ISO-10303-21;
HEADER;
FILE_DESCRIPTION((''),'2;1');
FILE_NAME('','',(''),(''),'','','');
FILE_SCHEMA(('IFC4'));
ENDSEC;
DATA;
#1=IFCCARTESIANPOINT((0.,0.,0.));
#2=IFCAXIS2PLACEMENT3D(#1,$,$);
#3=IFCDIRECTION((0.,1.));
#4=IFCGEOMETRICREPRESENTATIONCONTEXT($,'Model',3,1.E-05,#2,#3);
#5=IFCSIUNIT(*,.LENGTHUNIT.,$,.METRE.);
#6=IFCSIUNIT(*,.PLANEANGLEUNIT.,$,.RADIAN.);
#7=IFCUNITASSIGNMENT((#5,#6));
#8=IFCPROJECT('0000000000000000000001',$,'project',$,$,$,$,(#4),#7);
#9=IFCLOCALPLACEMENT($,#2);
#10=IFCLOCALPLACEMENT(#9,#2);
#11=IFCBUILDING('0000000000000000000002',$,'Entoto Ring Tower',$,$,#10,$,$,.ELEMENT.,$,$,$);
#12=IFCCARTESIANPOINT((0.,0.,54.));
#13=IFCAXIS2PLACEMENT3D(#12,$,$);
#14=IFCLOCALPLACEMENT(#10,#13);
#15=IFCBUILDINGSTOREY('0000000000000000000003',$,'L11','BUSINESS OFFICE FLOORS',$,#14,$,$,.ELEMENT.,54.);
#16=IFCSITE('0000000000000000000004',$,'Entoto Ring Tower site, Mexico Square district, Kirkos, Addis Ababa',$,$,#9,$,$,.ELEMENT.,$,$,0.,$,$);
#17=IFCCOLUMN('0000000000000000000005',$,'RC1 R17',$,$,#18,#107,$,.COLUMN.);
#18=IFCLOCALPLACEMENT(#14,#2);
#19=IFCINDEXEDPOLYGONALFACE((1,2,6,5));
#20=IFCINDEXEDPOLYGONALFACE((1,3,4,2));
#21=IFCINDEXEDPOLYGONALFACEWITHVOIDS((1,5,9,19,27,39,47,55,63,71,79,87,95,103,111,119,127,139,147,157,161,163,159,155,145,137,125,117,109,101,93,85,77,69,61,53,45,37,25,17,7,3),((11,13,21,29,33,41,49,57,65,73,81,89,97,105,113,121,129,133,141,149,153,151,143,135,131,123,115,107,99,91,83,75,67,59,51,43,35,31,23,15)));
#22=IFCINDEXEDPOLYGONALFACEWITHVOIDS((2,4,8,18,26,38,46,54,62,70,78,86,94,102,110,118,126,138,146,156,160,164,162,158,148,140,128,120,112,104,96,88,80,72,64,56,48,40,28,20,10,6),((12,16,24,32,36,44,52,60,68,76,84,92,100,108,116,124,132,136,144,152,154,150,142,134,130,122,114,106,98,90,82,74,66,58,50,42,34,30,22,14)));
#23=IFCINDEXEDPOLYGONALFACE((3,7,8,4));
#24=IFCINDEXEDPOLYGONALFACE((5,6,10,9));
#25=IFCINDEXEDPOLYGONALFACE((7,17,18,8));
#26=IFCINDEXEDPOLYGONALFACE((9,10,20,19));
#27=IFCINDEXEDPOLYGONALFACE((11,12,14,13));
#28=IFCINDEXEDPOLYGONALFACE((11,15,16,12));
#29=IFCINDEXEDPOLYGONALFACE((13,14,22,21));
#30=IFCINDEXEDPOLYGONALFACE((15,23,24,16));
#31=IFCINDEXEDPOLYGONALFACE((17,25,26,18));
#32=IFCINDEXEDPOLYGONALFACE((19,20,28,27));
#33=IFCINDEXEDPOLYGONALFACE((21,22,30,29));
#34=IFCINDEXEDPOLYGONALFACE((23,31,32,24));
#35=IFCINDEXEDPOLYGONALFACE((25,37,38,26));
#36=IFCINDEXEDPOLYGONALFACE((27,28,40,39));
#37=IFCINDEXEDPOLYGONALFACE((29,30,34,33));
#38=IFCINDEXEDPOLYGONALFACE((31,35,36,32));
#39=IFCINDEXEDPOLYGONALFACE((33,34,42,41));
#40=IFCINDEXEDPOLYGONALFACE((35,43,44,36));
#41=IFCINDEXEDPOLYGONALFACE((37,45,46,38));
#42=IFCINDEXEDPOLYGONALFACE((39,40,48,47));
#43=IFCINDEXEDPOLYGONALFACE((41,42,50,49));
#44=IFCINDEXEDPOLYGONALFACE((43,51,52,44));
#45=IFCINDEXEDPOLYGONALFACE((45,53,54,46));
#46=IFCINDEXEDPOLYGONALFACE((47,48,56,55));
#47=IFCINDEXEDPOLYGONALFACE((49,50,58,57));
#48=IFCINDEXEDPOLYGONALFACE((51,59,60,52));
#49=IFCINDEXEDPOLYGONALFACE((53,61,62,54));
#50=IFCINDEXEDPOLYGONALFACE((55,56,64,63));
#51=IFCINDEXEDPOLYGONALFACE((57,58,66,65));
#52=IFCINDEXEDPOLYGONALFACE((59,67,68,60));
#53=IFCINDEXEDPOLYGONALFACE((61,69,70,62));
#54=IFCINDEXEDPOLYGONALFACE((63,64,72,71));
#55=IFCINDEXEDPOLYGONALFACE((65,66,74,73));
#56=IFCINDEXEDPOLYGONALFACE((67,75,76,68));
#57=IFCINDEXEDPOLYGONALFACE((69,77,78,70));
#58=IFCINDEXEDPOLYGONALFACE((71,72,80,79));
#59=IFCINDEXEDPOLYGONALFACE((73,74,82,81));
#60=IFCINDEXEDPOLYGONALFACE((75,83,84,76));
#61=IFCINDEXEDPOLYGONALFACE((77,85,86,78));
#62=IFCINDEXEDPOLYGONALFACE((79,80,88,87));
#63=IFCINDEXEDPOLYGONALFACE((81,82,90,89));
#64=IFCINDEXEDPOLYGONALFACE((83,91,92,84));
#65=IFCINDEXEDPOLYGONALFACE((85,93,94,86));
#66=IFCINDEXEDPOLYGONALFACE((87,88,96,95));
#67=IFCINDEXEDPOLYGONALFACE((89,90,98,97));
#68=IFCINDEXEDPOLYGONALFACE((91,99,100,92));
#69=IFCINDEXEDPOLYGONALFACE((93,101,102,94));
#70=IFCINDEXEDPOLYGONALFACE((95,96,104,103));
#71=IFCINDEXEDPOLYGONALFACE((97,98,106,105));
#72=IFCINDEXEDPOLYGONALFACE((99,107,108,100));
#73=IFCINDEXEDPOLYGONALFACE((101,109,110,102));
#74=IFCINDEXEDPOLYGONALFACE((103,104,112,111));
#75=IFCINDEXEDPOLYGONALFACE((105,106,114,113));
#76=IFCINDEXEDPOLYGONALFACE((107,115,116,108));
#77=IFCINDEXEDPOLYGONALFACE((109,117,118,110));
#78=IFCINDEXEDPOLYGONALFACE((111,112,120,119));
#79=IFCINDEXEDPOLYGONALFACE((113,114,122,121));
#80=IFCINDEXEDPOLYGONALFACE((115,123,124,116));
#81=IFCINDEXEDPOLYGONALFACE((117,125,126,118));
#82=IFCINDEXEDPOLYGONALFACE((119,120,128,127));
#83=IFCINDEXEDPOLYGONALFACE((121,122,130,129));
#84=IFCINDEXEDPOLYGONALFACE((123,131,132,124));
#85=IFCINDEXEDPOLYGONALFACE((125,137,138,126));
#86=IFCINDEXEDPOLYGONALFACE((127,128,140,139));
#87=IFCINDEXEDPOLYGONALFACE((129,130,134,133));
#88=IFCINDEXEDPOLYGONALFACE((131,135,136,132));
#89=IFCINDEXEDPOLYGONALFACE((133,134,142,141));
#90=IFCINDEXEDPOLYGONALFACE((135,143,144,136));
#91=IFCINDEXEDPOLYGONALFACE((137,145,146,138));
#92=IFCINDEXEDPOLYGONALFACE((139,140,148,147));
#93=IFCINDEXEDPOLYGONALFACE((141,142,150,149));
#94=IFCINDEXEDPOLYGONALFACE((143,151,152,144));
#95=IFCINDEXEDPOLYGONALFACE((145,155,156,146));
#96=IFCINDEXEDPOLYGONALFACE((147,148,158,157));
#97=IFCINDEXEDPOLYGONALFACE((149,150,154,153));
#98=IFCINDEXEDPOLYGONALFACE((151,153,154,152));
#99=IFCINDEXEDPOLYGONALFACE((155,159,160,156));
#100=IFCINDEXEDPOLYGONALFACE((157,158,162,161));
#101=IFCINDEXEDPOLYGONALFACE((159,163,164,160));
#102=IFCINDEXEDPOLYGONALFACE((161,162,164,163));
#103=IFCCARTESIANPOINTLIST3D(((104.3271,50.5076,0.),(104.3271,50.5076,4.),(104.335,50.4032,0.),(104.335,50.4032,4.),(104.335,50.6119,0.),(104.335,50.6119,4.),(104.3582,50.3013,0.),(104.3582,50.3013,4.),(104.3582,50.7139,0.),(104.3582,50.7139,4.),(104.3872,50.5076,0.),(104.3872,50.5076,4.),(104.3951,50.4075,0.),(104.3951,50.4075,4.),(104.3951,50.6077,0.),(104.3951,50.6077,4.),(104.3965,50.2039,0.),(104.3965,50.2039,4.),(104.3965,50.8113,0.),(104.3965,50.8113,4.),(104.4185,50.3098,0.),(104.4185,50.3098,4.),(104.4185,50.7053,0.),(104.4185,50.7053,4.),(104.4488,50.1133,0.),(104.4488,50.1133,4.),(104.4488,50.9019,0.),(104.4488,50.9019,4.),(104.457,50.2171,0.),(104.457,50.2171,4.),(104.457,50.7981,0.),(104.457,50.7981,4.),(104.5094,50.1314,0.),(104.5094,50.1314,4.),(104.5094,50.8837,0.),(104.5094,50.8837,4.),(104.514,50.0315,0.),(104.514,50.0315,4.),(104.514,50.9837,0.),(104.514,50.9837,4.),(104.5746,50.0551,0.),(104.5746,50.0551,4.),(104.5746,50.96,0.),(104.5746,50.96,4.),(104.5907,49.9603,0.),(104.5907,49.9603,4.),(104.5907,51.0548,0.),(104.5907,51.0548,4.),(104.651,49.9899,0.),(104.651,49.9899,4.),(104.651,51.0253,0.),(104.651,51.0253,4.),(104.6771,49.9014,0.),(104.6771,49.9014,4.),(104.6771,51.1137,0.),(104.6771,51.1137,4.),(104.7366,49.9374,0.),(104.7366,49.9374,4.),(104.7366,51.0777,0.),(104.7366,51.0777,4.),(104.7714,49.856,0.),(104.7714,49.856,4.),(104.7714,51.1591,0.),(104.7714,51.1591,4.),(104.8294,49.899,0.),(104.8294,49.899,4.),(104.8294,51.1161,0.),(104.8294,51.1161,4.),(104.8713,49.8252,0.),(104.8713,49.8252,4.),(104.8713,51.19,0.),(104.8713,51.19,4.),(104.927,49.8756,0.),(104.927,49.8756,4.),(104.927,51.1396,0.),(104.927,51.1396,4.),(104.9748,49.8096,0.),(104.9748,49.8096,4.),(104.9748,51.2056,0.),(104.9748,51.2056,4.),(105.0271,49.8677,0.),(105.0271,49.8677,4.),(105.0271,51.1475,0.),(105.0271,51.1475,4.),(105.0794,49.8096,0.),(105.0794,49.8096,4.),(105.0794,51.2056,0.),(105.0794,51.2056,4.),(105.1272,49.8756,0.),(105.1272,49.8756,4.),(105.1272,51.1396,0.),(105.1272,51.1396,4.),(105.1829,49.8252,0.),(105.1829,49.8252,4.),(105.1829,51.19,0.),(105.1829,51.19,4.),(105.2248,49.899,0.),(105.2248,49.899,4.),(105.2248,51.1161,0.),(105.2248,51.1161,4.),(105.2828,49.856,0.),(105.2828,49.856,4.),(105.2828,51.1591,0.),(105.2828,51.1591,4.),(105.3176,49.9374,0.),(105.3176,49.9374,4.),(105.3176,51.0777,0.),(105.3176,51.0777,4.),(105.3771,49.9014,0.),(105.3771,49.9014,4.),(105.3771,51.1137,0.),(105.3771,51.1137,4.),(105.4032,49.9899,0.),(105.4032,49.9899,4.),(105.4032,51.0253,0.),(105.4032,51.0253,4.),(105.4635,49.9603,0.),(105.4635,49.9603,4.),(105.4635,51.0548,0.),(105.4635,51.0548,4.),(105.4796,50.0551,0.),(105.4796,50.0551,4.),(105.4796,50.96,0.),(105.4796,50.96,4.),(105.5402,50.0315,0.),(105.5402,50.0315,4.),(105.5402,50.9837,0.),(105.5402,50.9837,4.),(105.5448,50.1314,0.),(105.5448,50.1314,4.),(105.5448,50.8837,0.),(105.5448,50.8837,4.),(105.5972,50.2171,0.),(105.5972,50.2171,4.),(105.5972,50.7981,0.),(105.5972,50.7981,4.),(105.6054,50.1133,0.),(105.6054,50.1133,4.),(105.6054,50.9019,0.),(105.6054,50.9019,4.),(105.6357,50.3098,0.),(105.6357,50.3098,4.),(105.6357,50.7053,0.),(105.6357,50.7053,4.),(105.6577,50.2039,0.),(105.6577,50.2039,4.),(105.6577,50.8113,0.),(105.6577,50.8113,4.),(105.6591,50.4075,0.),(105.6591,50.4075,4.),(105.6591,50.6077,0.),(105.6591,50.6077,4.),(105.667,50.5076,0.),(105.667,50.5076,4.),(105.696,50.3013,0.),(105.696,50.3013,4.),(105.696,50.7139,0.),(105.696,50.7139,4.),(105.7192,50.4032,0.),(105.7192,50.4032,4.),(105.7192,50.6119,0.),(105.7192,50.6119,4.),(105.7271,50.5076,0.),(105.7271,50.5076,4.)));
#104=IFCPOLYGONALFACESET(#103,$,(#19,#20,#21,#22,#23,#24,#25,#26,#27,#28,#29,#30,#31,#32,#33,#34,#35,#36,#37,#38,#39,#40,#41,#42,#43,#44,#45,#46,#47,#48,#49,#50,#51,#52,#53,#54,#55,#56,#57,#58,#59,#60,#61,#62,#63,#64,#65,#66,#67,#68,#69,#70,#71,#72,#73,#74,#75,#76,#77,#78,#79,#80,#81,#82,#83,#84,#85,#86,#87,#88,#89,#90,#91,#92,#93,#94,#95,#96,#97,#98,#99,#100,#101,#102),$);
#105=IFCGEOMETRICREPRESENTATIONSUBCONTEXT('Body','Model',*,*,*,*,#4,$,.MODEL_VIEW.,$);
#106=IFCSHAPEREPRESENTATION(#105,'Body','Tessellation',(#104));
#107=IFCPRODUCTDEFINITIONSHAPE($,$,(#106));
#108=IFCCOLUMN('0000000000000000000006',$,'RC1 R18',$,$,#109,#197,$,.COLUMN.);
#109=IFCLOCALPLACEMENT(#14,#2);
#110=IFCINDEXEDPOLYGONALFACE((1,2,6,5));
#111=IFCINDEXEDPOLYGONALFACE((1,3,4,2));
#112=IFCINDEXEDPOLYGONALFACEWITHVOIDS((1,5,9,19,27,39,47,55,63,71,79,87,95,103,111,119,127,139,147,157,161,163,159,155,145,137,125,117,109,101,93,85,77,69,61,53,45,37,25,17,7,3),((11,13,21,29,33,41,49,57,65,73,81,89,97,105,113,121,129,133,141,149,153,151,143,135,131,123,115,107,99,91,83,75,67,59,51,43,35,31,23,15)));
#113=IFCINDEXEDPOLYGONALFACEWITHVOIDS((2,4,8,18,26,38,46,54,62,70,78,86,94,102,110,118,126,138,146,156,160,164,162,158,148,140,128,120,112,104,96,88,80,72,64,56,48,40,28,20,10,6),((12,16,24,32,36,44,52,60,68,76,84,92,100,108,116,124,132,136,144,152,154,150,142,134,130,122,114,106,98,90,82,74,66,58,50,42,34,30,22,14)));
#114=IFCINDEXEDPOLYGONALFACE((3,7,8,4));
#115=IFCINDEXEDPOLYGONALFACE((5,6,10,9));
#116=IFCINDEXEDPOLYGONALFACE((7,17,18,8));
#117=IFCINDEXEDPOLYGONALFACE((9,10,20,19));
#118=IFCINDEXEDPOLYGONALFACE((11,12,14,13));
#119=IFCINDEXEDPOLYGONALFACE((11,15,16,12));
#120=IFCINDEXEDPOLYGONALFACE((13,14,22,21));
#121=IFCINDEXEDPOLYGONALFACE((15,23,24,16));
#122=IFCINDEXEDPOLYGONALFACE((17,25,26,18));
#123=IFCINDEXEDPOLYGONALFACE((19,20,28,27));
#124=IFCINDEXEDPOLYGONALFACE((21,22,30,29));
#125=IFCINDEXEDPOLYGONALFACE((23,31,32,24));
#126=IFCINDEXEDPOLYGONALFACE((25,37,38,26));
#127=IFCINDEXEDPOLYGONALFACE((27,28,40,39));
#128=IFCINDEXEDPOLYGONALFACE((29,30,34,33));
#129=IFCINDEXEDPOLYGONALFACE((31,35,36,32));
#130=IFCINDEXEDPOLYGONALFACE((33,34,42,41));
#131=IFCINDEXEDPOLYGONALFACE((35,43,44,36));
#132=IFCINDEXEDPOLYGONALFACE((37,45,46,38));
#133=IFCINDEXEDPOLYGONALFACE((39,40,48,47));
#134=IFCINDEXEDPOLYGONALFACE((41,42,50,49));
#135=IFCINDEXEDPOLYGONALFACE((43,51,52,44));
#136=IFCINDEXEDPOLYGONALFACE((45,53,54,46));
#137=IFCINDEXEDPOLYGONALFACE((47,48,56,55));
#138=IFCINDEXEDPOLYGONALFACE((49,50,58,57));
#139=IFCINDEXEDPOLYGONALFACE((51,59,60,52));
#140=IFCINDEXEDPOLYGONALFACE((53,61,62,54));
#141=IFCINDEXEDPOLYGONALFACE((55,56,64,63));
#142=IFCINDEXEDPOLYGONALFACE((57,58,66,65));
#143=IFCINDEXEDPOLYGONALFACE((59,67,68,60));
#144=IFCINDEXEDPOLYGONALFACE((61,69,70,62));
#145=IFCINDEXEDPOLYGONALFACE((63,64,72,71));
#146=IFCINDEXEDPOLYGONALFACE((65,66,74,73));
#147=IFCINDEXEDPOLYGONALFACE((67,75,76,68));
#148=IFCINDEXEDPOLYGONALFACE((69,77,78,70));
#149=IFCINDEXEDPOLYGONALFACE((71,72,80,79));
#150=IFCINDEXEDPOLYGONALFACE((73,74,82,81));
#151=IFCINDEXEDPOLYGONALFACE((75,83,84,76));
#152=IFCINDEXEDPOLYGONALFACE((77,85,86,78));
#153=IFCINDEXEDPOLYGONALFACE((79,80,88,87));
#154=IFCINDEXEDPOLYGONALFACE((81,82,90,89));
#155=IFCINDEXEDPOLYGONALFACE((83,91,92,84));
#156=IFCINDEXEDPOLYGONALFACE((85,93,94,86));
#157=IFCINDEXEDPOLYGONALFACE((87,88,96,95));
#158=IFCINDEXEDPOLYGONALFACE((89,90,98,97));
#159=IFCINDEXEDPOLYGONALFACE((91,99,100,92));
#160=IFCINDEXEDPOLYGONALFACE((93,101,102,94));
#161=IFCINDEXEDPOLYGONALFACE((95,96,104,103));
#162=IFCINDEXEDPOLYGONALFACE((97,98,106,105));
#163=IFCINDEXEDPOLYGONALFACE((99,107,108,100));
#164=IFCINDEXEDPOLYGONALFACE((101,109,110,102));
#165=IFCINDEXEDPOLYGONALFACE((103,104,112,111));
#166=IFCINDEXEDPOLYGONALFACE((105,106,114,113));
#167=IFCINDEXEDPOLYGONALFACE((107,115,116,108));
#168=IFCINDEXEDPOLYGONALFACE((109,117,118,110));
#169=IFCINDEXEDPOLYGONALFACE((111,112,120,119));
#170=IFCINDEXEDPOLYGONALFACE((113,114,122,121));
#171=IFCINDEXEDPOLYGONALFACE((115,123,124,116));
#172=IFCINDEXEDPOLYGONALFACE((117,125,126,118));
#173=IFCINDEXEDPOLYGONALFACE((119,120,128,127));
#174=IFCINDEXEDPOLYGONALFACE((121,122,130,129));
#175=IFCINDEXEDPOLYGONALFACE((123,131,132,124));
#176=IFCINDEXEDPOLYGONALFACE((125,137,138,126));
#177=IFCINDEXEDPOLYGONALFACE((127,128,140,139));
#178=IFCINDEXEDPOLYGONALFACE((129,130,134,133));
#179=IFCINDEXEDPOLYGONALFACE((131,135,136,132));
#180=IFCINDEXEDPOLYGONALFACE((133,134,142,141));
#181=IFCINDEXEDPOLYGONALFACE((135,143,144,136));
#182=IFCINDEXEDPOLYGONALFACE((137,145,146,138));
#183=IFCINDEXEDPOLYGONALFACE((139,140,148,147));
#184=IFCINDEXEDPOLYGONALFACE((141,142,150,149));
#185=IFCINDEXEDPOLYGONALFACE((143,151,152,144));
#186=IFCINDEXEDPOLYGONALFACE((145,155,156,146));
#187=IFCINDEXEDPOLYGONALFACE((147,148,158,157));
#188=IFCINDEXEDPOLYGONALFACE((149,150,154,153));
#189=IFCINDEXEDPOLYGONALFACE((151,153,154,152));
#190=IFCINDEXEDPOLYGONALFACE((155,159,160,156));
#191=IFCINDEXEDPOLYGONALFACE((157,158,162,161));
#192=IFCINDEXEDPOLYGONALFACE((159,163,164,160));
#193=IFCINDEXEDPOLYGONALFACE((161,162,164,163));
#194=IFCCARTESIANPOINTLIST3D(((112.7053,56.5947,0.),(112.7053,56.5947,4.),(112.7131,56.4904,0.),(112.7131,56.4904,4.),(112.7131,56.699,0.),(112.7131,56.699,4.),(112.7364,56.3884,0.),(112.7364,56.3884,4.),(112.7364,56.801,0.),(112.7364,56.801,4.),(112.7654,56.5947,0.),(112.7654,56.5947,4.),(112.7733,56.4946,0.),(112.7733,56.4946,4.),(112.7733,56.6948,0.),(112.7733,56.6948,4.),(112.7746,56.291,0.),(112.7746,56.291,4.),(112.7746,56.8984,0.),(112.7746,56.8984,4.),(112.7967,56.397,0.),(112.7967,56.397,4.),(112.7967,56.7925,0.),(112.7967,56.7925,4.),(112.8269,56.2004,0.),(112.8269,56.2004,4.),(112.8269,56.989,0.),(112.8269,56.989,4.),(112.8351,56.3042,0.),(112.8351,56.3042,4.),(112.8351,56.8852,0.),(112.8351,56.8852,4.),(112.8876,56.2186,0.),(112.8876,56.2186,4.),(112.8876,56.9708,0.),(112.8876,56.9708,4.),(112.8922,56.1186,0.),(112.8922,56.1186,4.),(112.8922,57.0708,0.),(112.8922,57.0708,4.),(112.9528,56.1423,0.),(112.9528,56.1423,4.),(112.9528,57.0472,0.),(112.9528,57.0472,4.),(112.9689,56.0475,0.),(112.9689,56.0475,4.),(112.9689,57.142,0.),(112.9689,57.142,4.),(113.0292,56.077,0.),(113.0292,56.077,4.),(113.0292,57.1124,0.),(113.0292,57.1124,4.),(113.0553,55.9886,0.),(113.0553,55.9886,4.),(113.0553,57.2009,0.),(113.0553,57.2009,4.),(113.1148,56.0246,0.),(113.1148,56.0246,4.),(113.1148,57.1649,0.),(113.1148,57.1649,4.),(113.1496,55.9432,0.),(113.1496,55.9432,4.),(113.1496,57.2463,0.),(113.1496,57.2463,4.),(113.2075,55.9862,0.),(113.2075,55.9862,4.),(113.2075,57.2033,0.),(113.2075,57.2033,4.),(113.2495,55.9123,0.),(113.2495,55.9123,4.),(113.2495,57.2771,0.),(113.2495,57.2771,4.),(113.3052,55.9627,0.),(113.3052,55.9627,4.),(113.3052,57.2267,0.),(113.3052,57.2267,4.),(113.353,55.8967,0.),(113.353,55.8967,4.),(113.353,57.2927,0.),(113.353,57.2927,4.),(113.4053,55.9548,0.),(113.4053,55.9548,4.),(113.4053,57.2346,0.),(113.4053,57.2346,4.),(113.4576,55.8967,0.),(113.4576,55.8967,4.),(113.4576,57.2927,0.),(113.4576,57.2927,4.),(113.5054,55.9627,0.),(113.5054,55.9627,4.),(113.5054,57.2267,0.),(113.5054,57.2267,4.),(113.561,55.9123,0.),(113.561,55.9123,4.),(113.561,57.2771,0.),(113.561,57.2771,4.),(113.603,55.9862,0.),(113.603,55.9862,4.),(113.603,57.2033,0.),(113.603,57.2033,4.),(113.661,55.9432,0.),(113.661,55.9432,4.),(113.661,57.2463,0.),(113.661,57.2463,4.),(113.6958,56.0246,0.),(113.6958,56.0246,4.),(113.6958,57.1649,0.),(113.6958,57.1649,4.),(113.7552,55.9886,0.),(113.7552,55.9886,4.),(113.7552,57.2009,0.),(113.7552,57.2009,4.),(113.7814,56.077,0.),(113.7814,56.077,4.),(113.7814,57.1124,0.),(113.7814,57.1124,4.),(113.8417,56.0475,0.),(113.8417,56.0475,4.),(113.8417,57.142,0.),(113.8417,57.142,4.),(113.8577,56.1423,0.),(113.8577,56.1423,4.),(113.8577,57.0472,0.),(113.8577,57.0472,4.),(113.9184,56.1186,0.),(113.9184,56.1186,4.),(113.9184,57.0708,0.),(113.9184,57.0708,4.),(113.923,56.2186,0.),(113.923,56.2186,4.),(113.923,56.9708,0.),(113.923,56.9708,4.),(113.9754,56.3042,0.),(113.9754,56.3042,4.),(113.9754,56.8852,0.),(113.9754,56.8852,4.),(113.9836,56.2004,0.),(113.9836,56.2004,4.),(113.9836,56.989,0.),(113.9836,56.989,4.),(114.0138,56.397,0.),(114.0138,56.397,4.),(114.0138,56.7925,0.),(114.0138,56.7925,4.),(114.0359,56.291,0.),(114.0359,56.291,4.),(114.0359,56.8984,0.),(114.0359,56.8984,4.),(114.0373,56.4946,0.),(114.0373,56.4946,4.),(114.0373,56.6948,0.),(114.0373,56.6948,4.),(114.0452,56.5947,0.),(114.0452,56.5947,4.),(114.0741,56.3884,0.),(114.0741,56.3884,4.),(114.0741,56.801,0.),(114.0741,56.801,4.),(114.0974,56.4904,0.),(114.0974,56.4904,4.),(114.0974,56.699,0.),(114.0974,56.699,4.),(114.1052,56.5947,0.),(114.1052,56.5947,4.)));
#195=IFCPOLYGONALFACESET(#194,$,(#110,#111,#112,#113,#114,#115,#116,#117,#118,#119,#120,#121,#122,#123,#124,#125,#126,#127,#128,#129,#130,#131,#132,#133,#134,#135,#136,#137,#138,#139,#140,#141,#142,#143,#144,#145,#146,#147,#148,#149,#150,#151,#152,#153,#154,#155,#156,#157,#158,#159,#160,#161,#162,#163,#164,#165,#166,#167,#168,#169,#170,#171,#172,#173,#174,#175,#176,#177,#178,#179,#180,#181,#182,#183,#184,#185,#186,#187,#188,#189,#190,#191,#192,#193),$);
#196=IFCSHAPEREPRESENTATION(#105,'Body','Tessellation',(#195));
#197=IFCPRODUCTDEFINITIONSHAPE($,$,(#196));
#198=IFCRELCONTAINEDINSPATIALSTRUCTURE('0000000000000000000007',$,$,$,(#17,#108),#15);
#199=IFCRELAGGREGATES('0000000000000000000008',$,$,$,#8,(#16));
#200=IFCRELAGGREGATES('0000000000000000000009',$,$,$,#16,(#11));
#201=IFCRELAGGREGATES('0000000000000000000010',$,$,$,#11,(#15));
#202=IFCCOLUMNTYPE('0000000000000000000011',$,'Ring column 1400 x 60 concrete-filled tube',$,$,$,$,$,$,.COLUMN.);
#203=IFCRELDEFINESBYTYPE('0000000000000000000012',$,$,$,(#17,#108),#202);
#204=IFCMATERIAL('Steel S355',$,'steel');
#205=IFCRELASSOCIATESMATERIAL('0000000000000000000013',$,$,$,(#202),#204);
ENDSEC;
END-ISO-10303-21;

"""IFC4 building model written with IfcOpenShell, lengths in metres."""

from ifc_helpers import new_model, si_unit, direction, frame, origin, origin_2d, place, context, subcontext, project, spatial, circle, hollow_circle, extrude, material, material_profile, profile_set, type_object, element, save


model = new_model("IFC4")

# Units and contexts
model_context = context("Model", 3, precision=1e-05, world=origin(), true_north=direction((0.0, 1.0)))
body_context = subcontext(model_context, "Body", "Model", "MODEL_VIEW")
ifc_project = project(units=[si_unit("LENGTHUNIT", "METRE"), si_unit("PLANEANGLEUNIT", "RADIAN")], contexts=[model_context])

# Site, building, storey
site_placement = place(None, origin())
site = spatial("IfcSite", under=ifc_project, at=site_placement, Name="Entoto Ring Tower site, Mexico Square district, Kirkos, Addis Ababa", CompositionType="ELEMENT", RefElevation=0.0)
building_placement = place(site_placement, origin())
building = spatial("IfcBuilding", under=site, at=building_placement, Name="Entoto Ring Tower", CompositionType="ELEMENT")
storey_placement = place(building_placement, frame((0.0, 0.0, 54.0)))
storey = spatial("IfcBuildingStorey", under=building, at=storey_placement, Name="L11", Description="BUSINESS OFFICE FLOORS", CompositionType="ELEMENT", Elevation=54.0)

# Columns
ifc_material_1 = material(Name="Steel S355", Category="steel")
ifc_material_profile_1 = material_profile(ifc_material_1, hollow_circle(Radius=0.7, WallThickness=0.0601, at=origin_2d()), Name="CHS 1400 x 60")
ifc_material_2 = material(Name="Concrete C60/75", Category="concrete")
ifc_material_profile_2 = material_profile(ifc_material_2, circle(Radius=0.6399, at=origin_2d()), Name="Concrete C60/75 infill")
ifc_profile_set_1 = profile_set([ifc_material_profile_1, ifc_material_profile_2], Name="Steel S355")
column_type = type_object("IfcColumnType", Name="Ring column 1400 x 60 concrete-filled tube", PredefinedType="COLUMN", material=ifc_profile_set_1)
for number, where, z_axis, x_axis, name in (
    (1, (105.0271, 50.5076, 0.0), (0.0, 0.0, 1.0), (1.0, 0.0, 0.0), "RC1 R17"),
    (2, (113.4053, 56.5947, 0.0), (0.0, 0.0, 1.0), (1.0, 0.0, 0.0), "RC1 R18"),
):
    element("IfcColumn", number, at=place(storey_placement, frame(where, z_axis=z_axis, x_axis=x_axis)), inside=storey, type_object=column_type, Name=name, PredefinedType="COLUMN", context=body_context, shape_type="SweptSolid", body=[
        extrude(hollow_circle(Radius=0.7, WallThickness=0.0601, at=origin_2d()), origin(), (0.0, 0.0, 1.0), 4.0),
    ])

save(model, "model.ifc")
